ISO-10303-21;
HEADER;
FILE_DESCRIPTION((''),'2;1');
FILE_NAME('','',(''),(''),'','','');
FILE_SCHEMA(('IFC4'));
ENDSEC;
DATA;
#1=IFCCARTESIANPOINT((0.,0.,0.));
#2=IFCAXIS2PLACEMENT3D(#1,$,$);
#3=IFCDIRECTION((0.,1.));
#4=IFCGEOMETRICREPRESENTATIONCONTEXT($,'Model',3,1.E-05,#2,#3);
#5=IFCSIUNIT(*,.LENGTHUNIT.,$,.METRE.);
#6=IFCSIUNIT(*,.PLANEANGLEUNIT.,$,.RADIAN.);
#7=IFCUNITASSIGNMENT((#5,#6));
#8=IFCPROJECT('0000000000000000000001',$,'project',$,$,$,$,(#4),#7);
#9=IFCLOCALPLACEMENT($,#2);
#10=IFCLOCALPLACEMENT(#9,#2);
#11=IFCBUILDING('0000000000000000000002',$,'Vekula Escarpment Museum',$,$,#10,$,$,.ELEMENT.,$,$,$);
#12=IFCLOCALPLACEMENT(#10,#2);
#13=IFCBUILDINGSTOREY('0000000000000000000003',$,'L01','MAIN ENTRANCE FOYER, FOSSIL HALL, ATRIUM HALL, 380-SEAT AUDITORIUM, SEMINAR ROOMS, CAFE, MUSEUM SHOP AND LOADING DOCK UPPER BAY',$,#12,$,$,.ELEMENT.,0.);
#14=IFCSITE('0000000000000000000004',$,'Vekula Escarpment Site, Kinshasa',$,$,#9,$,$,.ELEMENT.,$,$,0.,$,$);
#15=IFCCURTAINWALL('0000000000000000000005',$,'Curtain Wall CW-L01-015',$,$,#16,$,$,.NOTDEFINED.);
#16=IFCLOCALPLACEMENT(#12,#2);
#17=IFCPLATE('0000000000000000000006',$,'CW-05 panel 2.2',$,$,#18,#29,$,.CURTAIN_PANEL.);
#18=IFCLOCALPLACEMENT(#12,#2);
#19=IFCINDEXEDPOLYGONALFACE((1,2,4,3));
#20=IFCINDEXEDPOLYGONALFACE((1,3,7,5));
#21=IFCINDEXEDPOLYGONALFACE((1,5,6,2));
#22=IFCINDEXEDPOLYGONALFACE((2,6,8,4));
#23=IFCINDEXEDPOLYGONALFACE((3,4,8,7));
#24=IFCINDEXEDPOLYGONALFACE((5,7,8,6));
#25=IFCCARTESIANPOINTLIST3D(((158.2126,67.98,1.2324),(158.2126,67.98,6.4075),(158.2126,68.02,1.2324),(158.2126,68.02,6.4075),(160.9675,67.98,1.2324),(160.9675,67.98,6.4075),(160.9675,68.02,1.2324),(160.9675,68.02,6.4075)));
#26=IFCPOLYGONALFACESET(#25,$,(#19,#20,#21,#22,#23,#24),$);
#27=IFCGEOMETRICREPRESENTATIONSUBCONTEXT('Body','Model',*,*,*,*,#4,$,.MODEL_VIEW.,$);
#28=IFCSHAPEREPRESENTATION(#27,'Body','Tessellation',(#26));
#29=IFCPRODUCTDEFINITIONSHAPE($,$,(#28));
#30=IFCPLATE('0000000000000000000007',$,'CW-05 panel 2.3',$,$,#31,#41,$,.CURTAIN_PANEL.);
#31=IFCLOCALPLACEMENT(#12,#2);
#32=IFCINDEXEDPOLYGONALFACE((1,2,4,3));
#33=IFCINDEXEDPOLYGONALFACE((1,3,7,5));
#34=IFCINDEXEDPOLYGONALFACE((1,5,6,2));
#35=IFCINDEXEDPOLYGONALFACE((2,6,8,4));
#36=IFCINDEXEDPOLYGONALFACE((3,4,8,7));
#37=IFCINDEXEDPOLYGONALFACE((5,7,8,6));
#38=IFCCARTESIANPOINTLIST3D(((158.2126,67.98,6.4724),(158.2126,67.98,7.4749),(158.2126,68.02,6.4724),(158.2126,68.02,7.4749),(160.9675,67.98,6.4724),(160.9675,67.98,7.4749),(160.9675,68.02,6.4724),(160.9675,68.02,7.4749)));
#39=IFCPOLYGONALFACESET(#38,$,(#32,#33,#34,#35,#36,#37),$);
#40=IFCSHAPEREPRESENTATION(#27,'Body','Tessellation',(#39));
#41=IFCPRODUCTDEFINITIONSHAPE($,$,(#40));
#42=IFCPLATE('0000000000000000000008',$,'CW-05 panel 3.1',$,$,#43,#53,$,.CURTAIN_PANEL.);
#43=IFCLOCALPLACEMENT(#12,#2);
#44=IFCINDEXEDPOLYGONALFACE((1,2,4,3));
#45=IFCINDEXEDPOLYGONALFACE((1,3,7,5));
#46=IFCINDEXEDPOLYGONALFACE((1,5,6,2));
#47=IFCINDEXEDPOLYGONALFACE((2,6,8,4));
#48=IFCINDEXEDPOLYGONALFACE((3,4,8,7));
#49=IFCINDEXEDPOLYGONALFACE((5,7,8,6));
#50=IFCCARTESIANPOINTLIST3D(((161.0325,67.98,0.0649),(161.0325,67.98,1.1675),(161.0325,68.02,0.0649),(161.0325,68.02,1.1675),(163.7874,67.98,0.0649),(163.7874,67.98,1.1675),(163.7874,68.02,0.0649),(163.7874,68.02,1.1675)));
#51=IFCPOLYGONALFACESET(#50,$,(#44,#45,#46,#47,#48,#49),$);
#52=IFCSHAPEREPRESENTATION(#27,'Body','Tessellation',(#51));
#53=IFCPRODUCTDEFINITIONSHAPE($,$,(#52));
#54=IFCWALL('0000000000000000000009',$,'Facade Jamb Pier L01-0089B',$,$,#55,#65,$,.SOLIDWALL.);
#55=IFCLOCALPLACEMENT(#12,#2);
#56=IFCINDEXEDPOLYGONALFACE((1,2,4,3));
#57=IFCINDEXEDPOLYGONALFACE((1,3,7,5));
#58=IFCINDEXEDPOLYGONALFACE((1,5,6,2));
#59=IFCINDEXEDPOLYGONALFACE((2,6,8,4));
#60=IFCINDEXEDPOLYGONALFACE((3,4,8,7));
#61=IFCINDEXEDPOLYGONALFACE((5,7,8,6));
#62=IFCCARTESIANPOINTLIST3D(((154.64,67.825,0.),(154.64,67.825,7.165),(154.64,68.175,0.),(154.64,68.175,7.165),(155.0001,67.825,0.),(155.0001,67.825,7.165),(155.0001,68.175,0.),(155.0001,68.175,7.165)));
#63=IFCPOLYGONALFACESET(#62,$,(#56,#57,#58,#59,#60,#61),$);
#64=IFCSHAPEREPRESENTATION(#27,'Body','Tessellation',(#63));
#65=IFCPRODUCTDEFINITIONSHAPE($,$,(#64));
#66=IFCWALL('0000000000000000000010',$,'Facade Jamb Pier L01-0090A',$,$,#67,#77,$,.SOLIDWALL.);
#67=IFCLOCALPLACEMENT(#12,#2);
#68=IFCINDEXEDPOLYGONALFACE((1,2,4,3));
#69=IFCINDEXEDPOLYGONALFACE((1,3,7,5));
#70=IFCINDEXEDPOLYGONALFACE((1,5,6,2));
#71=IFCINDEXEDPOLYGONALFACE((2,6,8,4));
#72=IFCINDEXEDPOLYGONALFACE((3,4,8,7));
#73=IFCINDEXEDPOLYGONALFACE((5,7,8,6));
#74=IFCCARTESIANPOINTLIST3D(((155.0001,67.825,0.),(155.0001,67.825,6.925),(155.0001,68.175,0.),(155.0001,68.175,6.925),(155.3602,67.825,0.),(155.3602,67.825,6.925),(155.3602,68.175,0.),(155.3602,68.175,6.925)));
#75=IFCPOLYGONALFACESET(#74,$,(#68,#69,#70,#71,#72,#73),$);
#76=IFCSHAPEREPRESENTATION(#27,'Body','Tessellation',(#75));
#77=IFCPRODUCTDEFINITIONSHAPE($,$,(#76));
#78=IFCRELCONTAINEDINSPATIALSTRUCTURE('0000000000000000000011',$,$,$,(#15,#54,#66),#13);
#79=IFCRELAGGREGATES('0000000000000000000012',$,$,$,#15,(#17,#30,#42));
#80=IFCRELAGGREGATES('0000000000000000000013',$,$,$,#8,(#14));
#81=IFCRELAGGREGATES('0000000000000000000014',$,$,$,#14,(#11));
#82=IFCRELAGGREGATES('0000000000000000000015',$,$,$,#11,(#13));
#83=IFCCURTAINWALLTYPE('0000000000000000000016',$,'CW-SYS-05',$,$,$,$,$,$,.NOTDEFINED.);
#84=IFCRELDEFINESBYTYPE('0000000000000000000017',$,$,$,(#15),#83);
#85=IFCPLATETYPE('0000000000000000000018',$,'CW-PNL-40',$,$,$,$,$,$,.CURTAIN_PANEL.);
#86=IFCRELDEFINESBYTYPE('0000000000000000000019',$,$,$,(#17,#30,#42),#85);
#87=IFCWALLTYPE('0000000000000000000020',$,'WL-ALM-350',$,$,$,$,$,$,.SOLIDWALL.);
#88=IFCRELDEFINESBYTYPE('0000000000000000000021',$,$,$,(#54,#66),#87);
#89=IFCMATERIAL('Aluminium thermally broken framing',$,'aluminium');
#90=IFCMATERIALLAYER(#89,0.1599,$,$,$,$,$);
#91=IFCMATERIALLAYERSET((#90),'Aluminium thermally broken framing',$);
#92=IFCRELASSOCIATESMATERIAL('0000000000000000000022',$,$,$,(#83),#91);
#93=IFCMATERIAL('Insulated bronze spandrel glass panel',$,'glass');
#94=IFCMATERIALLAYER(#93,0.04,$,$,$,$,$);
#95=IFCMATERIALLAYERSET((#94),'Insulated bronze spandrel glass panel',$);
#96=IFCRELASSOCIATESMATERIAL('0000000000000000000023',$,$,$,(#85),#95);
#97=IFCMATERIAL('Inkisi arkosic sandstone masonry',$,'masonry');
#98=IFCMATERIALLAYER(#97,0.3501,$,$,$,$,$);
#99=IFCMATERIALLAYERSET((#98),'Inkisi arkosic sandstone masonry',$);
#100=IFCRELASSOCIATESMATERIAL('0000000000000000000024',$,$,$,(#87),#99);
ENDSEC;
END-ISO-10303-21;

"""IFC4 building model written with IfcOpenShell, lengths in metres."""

from ifc_helpers import new_model, si_unit, direction, frame, frame_2d, origin, origin_2d, place, context, subcontext, project, spatial, rectangle, extrude, material, layer, layer_set, type_object, element, aggregate, save


model = new_model("IFC4")

# Units and contexts
model_context = context("Model", 3, precision=1e-05, world=origin(), true_north=direction((0.0, 1.0)))
body_context = subcontext(model_context, "Body", "Model", "MODEL_VIEW")
ifc_project = project(units=[si_unit("LENGTHUNIT", "METRE"), si_unit("PLANEANGLEUNIT", "RADIAN")], contexts=[model_context])

# Site, building, storey
site_placement = place(None, origin())
site = spatial("IfcSite", under=ifc_project, at=site_placement, Name="Vekula Escarpment Site, Kinshasa", CompositionType="ELEMENT", RefElevation=0.0)
building_placement = place(site_placement, origin())
building = spatial("IfcBuilding", under=site, at=building_placement, Name="Vekula Escarpment Museum", CompositionType="ELEMENT")
storey_placement = place(building_placement, origin())
storey = spatial("IfcBuildingStorey", under=building, at=storey_placement, Name="L01", Description="MAIN ENTRANCE FOYER, FOSSIL HALL, ATRIUM HALL, 380-SEAT AUDITORIUM, SEMINAR ROOMS, CAFE, MUSEUM SHOP AND LOADING DOCK UPPER BAY", CompositionType="ELEMENT", Elevation=0.0)

# Curtain wall
ifc_material_1 = material(Name="Aluminium thermally broken framing", Category="aluminium")
ifc_layer_1 = layer(ifc_material_1, 0.1599)
ifc_layer_set_1 = layer_set([ifc_layer_1], Name="Aluminium thermally broken framing")
curtain_wall_type_1 = type_object("IfcCurtainWallType", Name="CW-SYS-05", PredefinedType="NOTDEFINED", material=ifc_layer_set_1)
curtain_wall_1_placement = place(storey_placement, origin())
curtain_wall_1 = element("IfcCurtainWall", 1, at=curtain_wall_1_placement, inside=storey, type_object=curtain_wall_type_1, Name="Curtain Wall CW-L01-015", PredefinedType="NOTDEFINED")

# Plates
ifc_material_2 = material(Name="Insulated bronze spandrel glass panel", Category="glass")
ifc_layer_2 = layer(ifc_material_2, 0.04)
ifc_layer_set_2 = layer_set([ifc_layer_2], Name="Insulated bronze spandrel glass panel")
plate_type = type_object("IfcPlateType", Name="CW-PNL-40", PredefinedType="CURTAIN_PANEL", material=ifc_layer_set_2)
plate_1_placement = place(storey_placement, frame((159.5901, 68.0, 1.2324), z_axis=(0.0, 0.0, 1.0), x_axis=(1.0, 0.0, 0.0)))
plate_1 = element("IfcPlate", 2, at=plate_1_placement, type_object=plate_type, Name="CW-05 panel 2.2", PredefinedType="CURTAIN_PANEL", context=body_context, shape_type="SweptSolid", body=[
    extrude(rectangle(XDim=2.7549, YDim=0.04, at=origin_2d()), origin(), (0.0, 0.0, 1.0), 5.175),
])
plate_2_placement = place(storey_placement, frame((159.5901, 68.0, 6.4724), z_axis=(0.0, 0.0, 1.0), x_axis=(1.0, 0.0, 0.0)))
plate_2 = element("IfcPlate", 3, at=plate_2_placement, type_object=plate_type, Name="CW-05 panel 2.3", PredefinedType="CURTAIN_PANEL", context=body_context, shape_type="SweptSolid", body=[
    extrude(rectangle(XDim=2.7549, YDim=0.04, at=origin_2d()), origin(), (0.0, 0.0, 1.0), 1.0024),
])
plate_3_placement = place(storey_placement, frame((162.4099, 68.0, 0.0649), z_axis=(0.0, 0.0, 1.0), x_axis=(1.0, 0.0, 0.0)))
plate_3 = element("IfcPlate", 4, at=plate_3_placement, type_object=plate_type, Name="CW-05 panel 3.1", PredefinedType="CURTAIN_PANEL", context=body_context, shape_type="SweptSolid", body=[
    extrude(rectangle(XDim=2.7549, YDim=0.04, at=origin_2d()), origin(), (0.0, 0.0, 1.0), 1.1025),
])
aggregate(curtain_wall_1, [plate_1, plate_2, plate_3])

# Walls
ifc_material_3 = material(Name="Inkisi arkosic sandstone masonry", Category="masonry")
ifc_layer_3 = layer(ifc_material_3, 0.3501)
ifc_layer_set_3 = layer_set([ifc_layer_3], Name="Inkisi arkosic sandstone masonry")
wall_type = type_object("IfcWallType", Name="WL-ALM-350", PredefinedType="SOLIDWALL", material=ifc_layer_set_3)
wall_1_placement = place(storey_placement, frame((154.6399, 68.0, 0.0), z_axis=(0.0, 0.0, 1.0), x_axis=(1.0, 0.0, 0.0)))
element("IfcWall", 5, at=wall_1_placement, inside=storey, type_object=wall_type, Name="Facade Jamb Pier L01-0089B", PredefinedType="SOLIDWALL", context=body_context, shape_type="SweptSolid", body=[
    extrude(rectangle(XDim=0.3601, YDim=0.3501, at=frame_2d((0.1802, 0.0))), origin(), (0.0, 0.0, 1.0), 7.165),
])
wall_2_placement = place(storey_placement, frame((155.0, 68.0, 0.0), z_axis=(0.0, 0.0, 1.0), x_axis=(1.0, 0.0, 0.0)))
element("IfcWall", 6, at=wall_2_placement, inside=storey, type_object=wall_type, Name="Facade Jamb Pier L01-0090A", PredefinedType="SOLIDWALL", context=body_context, shape_type="SweptSolid", body=[
    extrude(rectangle(XDim=0.3601, YDim=0.3501, at=frame_2d((0.1802, 0.0))), origin(), (0.0, 0.0, 1.0), 6.925),
])

save(model, "model.ifc")
